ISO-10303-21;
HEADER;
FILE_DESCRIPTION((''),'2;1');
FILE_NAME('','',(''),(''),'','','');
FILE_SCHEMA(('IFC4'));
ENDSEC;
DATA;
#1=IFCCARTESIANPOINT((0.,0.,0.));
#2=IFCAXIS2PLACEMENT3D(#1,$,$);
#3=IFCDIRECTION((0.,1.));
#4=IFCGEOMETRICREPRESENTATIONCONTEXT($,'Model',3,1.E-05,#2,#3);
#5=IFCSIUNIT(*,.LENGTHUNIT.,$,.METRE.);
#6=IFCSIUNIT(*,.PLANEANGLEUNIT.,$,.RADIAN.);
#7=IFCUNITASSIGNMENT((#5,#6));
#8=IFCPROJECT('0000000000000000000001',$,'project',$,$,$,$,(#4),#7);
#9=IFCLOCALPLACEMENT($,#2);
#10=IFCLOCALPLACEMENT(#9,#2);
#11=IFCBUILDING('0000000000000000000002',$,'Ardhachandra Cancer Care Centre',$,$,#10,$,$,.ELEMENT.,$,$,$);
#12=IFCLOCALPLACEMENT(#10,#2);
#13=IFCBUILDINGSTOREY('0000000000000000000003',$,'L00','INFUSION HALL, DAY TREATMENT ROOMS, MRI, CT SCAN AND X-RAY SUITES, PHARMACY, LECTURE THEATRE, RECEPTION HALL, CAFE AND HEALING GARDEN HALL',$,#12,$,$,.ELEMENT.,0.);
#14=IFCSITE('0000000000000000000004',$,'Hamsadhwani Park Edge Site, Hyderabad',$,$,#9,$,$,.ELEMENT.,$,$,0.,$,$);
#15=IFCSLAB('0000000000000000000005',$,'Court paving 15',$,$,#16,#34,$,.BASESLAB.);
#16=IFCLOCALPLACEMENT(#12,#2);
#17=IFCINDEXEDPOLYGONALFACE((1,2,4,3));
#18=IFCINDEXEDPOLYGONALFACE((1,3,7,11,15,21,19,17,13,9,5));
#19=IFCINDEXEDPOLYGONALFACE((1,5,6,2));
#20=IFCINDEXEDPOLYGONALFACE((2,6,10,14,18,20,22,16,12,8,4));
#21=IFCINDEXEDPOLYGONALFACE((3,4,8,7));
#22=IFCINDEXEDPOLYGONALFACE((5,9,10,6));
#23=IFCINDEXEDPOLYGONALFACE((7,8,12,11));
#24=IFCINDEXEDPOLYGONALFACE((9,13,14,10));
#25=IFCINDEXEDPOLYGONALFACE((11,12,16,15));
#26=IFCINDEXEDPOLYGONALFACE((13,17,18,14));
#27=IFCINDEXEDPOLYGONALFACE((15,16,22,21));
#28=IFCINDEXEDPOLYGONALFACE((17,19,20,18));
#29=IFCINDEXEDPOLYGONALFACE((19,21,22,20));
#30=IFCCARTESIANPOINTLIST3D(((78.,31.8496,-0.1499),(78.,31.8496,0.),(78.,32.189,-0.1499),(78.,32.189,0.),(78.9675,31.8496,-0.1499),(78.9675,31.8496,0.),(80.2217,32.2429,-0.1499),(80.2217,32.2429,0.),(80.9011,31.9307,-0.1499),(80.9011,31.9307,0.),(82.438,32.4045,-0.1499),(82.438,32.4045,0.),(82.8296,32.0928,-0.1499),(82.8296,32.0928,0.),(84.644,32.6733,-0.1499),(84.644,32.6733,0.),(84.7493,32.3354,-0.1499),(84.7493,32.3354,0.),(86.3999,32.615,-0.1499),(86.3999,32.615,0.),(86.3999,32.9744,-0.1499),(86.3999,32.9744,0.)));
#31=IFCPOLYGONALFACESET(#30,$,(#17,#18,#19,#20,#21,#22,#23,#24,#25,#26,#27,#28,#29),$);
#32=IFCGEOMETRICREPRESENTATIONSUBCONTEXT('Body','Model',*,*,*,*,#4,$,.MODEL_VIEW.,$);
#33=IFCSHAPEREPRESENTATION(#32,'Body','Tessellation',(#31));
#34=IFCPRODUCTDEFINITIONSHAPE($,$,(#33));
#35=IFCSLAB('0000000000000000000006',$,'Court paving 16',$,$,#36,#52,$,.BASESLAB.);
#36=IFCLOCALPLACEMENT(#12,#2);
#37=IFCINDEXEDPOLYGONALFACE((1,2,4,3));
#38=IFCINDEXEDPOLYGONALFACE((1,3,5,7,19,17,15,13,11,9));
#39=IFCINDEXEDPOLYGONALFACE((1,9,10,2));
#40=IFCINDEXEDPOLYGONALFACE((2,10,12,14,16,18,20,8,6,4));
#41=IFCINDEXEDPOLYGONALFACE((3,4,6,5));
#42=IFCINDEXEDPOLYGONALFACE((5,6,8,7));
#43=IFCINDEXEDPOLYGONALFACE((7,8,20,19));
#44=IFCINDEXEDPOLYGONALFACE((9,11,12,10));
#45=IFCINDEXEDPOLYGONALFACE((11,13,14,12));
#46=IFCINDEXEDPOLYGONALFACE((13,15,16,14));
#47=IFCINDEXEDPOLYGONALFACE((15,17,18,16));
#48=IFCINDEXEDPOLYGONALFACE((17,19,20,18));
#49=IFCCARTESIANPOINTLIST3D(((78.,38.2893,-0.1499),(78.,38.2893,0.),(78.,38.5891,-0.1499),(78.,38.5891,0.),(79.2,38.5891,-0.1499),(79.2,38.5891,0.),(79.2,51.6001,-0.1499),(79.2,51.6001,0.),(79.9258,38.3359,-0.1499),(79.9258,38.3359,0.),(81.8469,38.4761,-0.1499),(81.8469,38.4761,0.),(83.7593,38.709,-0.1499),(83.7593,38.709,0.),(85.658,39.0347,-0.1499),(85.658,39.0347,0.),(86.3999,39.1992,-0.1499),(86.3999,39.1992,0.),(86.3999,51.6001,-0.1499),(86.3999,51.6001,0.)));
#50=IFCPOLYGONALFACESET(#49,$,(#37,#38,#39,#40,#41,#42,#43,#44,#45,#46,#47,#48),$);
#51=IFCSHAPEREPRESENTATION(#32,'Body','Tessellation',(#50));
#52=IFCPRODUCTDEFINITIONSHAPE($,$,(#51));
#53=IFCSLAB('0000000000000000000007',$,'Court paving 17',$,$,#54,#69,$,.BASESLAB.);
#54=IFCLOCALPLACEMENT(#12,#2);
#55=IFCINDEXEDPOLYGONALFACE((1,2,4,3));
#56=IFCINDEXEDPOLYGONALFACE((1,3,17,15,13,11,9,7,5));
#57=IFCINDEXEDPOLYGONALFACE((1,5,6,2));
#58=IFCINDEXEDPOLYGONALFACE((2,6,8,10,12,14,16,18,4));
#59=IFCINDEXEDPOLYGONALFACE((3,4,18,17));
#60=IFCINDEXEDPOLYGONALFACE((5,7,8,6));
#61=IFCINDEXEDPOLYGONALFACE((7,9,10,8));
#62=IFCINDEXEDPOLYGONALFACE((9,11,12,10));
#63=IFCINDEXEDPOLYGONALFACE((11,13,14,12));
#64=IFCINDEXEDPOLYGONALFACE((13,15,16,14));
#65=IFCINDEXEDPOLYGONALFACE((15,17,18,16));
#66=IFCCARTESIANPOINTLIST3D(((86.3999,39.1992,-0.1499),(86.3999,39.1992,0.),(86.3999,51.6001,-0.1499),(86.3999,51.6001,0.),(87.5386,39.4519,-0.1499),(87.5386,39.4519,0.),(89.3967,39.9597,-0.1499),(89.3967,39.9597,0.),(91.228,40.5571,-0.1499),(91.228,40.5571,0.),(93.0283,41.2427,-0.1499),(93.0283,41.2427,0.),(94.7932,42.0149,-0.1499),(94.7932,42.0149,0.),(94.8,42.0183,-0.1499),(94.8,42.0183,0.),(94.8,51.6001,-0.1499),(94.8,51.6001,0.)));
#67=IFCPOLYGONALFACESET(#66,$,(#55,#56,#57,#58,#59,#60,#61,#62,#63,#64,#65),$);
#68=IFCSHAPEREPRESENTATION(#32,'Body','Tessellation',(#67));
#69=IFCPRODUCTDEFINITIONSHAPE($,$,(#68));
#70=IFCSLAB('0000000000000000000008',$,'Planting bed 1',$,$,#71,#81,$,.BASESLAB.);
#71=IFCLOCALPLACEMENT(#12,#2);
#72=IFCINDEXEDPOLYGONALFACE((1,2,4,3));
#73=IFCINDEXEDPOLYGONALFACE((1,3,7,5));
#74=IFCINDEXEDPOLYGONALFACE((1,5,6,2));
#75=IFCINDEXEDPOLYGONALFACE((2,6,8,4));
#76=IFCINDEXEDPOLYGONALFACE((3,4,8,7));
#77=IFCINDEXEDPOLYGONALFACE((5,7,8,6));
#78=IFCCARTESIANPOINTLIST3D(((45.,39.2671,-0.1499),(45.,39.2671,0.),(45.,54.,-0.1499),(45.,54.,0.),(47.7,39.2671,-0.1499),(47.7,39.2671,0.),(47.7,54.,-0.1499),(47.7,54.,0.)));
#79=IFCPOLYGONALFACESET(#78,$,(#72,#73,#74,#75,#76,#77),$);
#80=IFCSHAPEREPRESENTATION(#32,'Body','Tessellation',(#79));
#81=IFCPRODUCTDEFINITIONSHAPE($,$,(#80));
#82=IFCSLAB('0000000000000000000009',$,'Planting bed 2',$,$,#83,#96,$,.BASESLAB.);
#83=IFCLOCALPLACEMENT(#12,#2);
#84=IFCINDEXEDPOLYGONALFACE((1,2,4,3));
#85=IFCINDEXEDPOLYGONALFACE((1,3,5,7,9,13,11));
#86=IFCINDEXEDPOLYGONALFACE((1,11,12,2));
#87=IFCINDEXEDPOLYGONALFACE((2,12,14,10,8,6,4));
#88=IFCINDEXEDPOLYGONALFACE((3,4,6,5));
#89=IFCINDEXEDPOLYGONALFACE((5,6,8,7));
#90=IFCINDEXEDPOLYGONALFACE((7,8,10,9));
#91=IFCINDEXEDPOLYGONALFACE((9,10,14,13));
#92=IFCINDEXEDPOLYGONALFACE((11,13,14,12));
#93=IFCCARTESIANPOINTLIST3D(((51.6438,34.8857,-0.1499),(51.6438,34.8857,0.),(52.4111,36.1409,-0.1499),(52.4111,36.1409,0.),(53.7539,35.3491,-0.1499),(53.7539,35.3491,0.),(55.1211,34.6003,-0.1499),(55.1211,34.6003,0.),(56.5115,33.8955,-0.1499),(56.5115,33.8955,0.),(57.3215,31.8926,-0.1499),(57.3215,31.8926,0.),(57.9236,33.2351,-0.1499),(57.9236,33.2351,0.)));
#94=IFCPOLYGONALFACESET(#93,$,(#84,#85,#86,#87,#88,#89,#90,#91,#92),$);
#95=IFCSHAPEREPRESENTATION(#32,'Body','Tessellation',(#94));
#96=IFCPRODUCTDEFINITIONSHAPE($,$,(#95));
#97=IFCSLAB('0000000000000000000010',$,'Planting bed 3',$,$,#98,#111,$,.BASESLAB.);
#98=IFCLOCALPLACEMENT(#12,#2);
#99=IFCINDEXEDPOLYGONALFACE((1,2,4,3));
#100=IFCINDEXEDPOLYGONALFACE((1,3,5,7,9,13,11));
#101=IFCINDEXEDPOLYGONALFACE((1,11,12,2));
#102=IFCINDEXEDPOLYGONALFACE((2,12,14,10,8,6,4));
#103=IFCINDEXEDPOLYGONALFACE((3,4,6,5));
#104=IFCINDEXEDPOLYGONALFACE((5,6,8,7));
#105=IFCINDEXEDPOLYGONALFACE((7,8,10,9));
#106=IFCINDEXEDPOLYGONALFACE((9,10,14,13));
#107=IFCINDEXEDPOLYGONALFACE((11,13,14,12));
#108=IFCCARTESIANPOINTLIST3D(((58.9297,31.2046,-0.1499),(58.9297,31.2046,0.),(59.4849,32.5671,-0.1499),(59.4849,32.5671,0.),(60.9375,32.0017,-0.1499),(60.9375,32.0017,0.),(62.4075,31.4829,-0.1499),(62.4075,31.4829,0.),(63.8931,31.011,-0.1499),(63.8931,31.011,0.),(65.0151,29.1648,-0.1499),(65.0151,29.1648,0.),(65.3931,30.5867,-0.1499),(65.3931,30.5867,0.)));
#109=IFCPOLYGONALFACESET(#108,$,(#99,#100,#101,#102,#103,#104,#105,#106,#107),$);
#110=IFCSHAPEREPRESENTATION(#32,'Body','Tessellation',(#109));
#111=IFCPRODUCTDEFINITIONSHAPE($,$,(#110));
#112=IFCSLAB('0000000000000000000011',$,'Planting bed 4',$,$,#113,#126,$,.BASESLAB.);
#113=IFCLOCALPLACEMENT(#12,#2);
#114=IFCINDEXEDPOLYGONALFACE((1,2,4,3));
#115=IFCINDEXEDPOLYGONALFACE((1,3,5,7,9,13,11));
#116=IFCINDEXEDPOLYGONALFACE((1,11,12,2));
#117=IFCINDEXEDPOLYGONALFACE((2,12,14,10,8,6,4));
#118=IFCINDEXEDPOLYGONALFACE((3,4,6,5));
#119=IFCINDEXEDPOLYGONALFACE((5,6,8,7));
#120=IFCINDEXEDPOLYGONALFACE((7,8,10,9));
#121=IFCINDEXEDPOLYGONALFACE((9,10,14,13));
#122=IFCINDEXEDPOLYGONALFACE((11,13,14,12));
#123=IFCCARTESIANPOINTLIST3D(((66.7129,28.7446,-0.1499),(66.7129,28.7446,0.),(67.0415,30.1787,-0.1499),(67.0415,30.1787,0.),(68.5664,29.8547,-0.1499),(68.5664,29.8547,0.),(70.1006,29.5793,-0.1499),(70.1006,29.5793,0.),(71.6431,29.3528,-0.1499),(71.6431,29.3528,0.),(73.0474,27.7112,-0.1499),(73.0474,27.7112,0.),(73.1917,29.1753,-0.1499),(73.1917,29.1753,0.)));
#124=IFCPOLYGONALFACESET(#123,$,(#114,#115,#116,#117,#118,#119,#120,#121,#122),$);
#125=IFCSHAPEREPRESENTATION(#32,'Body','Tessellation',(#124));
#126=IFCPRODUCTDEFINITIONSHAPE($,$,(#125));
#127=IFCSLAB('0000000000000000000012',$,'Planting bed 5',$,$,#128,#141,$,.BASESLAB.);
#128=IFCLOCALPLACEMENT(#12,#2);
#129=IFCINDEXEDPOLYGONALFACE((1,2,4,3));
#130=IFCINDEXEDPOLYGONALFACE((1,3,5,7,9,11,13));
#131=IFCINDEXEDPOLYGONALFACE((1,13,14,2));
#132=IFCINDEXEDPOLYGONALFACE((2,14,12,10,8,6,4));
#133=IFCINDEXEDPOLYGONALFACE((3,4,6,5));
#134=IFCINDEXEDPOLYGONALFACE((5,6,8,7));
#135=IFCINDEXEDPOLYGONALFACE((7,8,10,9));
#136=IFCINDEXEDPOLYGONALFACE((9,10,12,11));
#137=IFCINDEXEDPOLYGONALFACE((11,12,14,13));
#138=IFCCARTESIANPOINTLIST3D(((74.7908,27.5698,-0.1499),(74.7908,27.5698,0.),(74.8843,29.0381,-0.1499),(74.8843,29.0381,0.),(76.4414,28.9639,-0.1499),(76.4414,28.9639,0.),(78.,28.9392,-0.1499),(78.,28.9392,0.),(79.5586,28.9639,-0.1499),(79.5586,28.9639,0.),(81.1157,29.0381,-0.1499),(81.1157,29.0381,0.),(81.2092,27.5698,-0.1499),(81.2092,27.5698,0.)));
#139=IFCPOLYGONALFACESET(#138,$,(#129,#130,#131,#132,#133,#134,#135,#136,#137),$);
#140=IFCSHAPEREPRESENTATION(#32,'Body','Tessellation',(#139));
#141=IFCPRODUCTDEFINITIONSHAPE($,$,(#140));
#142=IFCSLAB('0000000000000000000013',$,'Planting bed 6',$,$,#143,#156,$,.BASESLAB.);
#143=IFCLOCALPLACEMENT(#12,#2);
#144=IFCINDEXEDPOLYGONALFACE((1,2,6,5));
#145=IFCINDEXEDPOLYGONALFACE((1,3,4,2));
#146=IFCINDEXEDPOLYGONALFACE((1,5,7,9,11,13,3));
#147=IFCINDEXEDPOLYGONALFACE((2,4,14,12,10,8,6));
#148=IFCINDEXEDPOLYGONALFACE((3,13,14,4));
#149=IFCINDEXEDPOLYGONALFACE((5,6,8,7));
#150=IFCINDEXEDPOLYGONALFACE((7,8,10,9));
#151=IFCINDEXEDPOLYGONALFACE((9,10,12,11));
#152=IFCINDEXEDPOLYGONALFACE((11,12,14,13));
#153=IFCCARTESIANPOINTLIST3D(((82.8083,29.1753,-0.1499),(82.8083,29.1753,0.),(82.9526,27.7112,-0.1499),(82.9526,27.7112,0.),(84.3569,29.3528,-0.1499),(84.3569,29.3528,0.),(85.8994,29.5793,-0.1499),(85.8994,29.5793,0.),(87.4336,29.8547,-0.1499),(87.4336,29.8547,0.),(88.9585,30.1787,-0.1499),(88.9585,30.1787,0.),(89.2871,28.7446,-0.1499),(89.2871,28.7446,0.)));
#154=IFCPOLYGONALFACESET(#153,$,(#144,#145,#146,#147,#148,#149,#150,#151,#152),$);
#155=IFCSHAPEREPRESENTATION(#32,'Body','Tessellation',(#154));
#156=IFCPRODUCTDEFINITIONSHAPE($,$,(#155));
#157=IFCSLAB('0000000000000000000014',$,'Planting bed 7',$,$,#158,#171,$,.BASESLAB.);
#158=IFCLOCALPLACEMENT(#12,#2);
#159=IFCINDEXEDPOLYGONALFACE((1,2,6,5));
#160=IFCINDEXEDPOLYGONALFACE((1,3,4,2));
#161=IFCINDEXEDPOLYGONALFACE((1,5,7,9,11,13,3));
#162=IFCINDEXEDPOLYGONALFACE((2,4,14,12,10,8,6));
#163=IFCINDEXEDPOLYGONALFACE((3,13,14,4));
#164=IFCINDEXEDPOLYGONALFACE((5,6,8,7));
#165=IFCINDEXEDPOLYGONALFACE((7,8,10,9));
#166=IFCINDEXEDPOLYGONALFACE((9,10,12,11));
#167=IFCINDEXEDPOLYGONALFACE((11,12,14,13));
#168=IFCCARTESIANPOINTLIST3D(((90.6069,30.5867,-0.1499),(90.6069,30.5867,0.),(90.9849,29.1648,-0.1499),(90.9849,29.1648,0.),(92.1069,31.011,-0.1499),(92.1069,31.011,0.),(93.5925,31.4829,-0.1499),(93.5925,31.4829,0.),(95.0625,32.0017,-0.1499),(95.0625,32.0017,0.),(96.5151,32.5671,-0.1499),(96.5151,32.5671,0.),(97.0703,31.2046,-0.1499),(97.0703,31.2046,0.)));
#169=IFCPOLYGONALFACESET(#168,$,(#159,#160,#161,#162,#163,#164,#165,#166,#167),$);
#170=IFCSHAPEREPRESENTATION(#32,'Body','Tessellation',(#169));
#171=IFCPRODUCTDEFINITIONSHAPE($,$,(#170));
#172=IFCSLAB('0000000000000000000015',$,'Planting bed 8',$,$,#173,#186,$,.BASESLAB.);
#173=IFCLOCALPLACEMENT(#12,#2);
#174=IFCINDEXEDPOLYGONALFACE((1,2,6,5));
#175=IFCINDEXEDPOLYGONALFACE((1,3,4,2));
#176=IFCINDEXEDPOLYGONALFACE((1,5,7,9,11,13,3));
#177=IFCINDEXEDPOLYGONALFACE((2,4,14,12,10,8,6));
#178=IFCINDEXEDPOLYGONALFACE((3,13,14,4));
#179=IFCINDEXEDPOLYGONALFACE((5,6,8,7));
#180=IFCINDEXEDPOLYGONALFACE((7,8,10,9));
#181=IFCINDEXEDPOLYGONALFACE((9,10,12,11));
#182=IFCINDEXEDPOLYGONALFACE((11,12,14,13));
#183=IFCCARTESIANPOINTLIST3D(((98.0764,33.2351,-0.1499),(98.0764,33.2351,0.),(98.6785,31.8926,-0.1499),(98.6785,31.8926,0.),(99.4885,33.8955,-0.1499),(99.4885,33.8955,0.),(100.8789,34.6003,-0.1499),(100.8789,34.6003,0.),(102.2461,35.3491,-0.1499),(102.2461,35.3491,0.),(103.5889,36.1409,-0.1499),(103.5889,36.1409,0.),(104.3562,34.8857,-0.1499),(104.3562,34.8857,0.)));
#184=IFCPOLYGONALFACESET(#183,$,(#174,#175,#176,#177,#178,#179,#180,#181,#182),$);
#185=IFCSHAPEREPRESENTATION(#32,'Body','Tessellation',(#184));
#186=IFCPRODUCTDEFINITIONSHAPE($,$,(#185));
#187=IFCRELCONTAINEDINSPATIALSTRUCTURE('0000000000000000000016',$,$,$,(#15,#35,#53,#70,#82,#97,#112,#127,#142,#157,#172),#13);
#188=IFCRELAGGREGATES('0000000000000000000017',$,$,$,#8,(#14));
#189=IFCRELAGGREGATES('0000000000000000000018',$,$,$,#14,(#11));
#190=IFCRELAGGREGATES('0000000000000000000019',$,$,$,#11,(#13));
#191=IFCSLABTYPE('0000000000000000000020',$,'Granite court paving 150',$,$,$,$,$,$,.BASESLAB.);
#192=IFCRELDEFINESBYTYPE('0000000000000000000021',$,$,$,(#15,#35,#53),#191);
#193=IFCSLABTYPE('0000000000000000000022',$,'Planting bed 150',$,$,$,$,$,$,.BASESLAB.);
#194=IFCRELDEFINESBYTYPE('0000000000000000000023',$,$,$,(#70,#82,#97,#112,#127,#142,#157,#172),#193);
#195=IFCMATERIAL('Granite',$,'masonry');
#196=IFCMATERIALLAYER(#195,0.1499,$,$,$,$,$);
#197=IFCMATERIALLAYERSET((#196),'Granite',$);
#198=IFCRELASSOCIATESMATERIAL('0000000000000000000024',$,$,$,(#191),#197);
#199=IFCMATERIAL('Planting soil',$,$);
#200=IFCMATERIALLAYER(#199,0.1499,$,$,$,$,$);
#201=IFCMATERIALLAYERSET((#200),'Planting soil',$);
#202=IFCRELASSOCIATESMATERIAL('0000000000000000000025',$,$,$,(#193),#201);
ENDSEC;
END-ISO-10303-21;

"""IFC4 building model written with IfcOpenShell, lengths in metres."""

from ifc_helpers import new_model, si_unit, direction, frame, origin, place, context, subcontext, project, spatial, polyline, outline, extrude, material, layer, layer_set, type_object, element, save


model = new_model("IFC4")

# Units and contexts
model_context = context("Model", 3, precision=1e-05, world=origin(), true_north=direction((0.0, 1.0)))
body_context = subcontext(model_context, "Body", "Model", "MODEL_VIEW")
ifc_project = project(units=[si_unit("LENGTHUNIT", "METRE"), si_unit("PLANEANGLEUNIT", "RADIAN")], contexts=[model_context])

# Site, building, storey
site_placement = place(None, origin())
site = spatial("IfcSite", under=ifc_project, at=site_placement, Name="Hamsadhwani Park Edge Site, Hyderabad", CompositionType="ELEMENT", RefElevation=0.0)
building_placement = place(site_placement, origin())
building = spatial("IfcBuilding", under=site, at=building_placement, Name="Ardhachandra Cancer Care Centre", CompositionType="ELEMENT")
storey_placement = place(building_placement, origin())
storey = spatial("IfcBuildingStorey", under=building, at=storey_placement, Name="L00", Description="INFUSION HALL, DAY TREATMENT ROOMS, MRI, CT SCAN AND X-RAY SUITES, PHARMACY, LECTURE THEATRE, RECEPTION HALL, CAFE AND HEALING GARDEN HALL", CompositionType="ELEMENT", Elevation=0.0)

# Slabs
ifc_material_1 = material(Name="Granite", Category="masonry")
ifc_layer_1 = layer(ifc_material_1, 0.1499)
ifc_layer_set_1 = layer_set([ifc_layer_1], Name="Granite")
slab_type_1 = type_object("IfcSlabType", Name="Granite court paving 150", PredefinedType="BASESLAB", material=ifc_layer_set_1)
slab_1_placement = place(storey_placement, frame((0.0, 0.0, -0.1499)))
element("IfcSlab", 1, at=slab_1_placement, inside=storey, type_object=slab_type_1, Name="Court paving 15", PredefinedType="BASESLAB", context=body_context, shape_type="SweptSolid", body=[
    extrude(outline(polyline([(84.7493, 32.3354), (86.3999, 32.615), (86.3999, 32.9744), (84.644, 32.6733), (82.438, 32.4045), (80.2217, 32.2429), (78.0, 32.189), (78.0, 31.8496), (78.9675, 31.8496), (80.9011, 31.9307), (82.8296, 32.0928), (84.7493, 32.3354)])), origin(), (0.0, 0.0, 1.0), 0.1499),
])
slab_2_placement = place(storey_placement, frame((0.0, 0.0, -0.1499)))
element("IfcSlab", 2, at=slab_2_placement, inside=storey, type_object=slab_type_1, Name="Court paving 16", PredefinedType="BASESLAB", context=body_context, shape_type="SweptSolid", body=[
    extrude(outline(polyline([(79.2, 38.5891), (78.0, 38.5891), (78.0, 38.2893), (79.9258, 38.3359), (81.8469, 38.4761), (83.7593, 38.709), (85.658, 39.0347), (86.3999, 39.1992), (86.3999, 51.6001), (79.2, 51.6001), (79.2, 38.5891)])), origin(), (0.0, 0.0, 1.0), 0.1499),
])
slab_3_placement = place(storey_placement, frame((0.0, 0.0, -0.1499)))
element("IfcSlab", 3, at=slab_3_placement, inside=storey, type_object=slab_type_1, Name="Court paving 17", PredefinedType="BASESLAB", context=body_context, shape_type="SweptSolid", body=[
    extrude(outline(polyline([(94.8, 51.6001), (86.3999, 51.6001), (86.3999, 39.1992), (87.5386, 39.4519), (89.3967, 39.9597), (91.228, 40.5571), (93.0283, 41.2427), (94.7932, 42.0149), (94.8, 42.0183), (94.8, 51.6001)])), origin(), (0.0, 0.0, 1.0), 0.1499),
])
ifc_material_2 = material(Name="Planting soil")
ifc_layer_2 = layer(ifc_material_2, 0.1499)
ifc_layer_set_2 = layer_set([ifc_layer_2], Name="Planting soil")
slab_type_2 = type_object("IfcSlabType", Name="Planting bed 150", PredefinedType="BASESLAB", material=ifc_layer_set_2)
slab_4_placement = place(storey_placement, frame((0.0, 0.0, -0.1499)))
element("IfcSlab", 4, at=slab_4_placement, inside=storey, type_object=slab_type_2, Name="Planting bed 1", PredefinedType="BASESLAB", context=body_context, shape_type="SweptSolid", body=[
    extrude(outline(polyline([(45.0, 54.0), (45.0, 39.2671), (47.7, 39.2671), (47.7, 54.0), (45.0, 54.0)])), origin(), (0.0, 0.0, 1.0), 0.1499),
])
slab_5_placement = place(storey_placement, frame((0.0, 0.0, -0.1499)))
element("IfcSlab", 5, at=slab_5_placement, inside=storey, type_object=slab_type_2, Name="Planting bed 2", PredefinedType="BASESLAB", context=body_context, shape_type="SweptSolid", body=[
    extrude(outline(polyline([(52.4111, 36.1409), (51.6438, 34.8857), (57.3215, 31.8926), (57.9236, 33.2351), (56.5115, 33.8955), (55.1211, 34.6003), (53.7539, 35.3491), (52.4111, 36.1409)])), origin(), (0.0, 0.0, 1.0), 0.1499),
])
slab_6_placement = place(storey_placement, frame((0.0, 0.0, -0.1499)))
element("IfcSlab", 6, at=slab_6_placement, inside=storey, type_object=slab_type_2, Name="Planting bed 3", PredefinedType="BASESLAB", context=body_context, shape_type="SweptSolid", body=[
    extrude(outline(polyline([(59.4849, 32.5671), (58.9297, 31.2046), (65.0151, 29.1648), (65.3931, 30.5867), (63.8931, 31.011), (62.4075, 31.4829), (60.9375, 32.0017), (59.4849, 32.5671)])), origin(), (0.0, 0.0, 1.0), 0.1499),
])
slab_7_placement = place(storey_placement, frame((0.0, 0.0, -0.1499)))
element("IfcSlab", 7, at=slab_7_placement, inside=storey, type_object=slab_type_2, Name="Planting bed 4", PredefinedType="BASESLAB", context=body_context, shape_type="SweptSolid", body=[
    extrude(outline(polyline([(67.0415, 30.1787), (66.7129, 28.7446), (73.0474, 27.7112), (73.1917, 29.1753), (71.6431, 29.3528), (70.1006, 29.5793), (68.5664, 29.8547), (67.0415, 30.1787)])), origin(), (0.0, 0.0, 1.0), 0.1499),
])
slab_8_placement = place(storey_placement, frame((0.0, 0.0, -0.1499)))
element("IfcSlab", 8, at=slab_8_placement, inside=storey, type_object=slab_type_2, Name="Planting bed 5", PredefinedType="BASESLAB", context=body_context, shape_type="SweptSolid", body=[
    extrude(outline(polyline([(74.8843, 29.0381), (74.7908, 27.5698), (81.2092, 27.5698), (81.1157, 29.0381), (79.5586, 28.9639), (78.0, 28.9392), (76.4414, 28.9639), (74.8843, 29.0381)])), origin(), (0.0, 0.0, 1.0), 0.1499),
])
slab_9_placement = place(storey_placement, frame((0.0, 0.0, -0.1499)))
element("IfcSlab", 9, at=slab_9_placement, inside=storey, type_object=slab_type_2, Name="Planting bed 6", PredefinedType="BASESLAB", context=body_context, shape_type="SweptSolid", body=[
    extrude(outline(polyline([(82.8083, 29.1753), (82.9526, 27.7112), (89.2871, 28.7446), (88.9585, 30.1787), (87.4336, 29.8547), (85.8994, 29.5793), (84.3569, 29.3528), (82.8083, 29.1753)])), origin(), (0.0, 0.0, 1.0), 0.1499),
])
slab_10_placement = place(storey_placement, frame((0.0, 0.0, -0.1499)))
element("IfcSlab", 10, at=slab_10_placement, inside=storey, type_object=slab_type_2, Name="Planting bed 7", PredefinedType="BASESLAB", context=body_context, shape_type="SweptSolid", body=[
    extrude(outline(polyline([(90.6069, 30.5867), (90.9849, 29.1648), (97.0703, 31.2046), (96.5151, 32.5671), (95.0625, 32.0017), (93.5925, 31.4829), (92.1069, 31.011), (90.6069, 30.5867)])), origin(), (0.0, 0.0, 1.0), 0.1499),
])
slab_11_placement = place(storey_placement, frame((0.0, 0.0, -0.1499)))
element("IfcSlab", 11, at=slab_11_placement, inside=storey, type_object=slab_type_2, Name="Planting bed 8", PredefinedType="BASESLAB", context=body_context, shape_type="SweptSolid", body=[
    extrude(outline(polyline([(98.0764, 33.2351), (98.6785, 31.8926), (104.3562, 34.8857), (103.5889, 36.1409), (102.2461, 35.3491), (100.8789, 34.6003), (99.4885, 33.8955), (98.0764, 33.2351)])), origin(), (0.0, 0.0, 1.0), 0.1499),
])

save(model, "model.ifc")
